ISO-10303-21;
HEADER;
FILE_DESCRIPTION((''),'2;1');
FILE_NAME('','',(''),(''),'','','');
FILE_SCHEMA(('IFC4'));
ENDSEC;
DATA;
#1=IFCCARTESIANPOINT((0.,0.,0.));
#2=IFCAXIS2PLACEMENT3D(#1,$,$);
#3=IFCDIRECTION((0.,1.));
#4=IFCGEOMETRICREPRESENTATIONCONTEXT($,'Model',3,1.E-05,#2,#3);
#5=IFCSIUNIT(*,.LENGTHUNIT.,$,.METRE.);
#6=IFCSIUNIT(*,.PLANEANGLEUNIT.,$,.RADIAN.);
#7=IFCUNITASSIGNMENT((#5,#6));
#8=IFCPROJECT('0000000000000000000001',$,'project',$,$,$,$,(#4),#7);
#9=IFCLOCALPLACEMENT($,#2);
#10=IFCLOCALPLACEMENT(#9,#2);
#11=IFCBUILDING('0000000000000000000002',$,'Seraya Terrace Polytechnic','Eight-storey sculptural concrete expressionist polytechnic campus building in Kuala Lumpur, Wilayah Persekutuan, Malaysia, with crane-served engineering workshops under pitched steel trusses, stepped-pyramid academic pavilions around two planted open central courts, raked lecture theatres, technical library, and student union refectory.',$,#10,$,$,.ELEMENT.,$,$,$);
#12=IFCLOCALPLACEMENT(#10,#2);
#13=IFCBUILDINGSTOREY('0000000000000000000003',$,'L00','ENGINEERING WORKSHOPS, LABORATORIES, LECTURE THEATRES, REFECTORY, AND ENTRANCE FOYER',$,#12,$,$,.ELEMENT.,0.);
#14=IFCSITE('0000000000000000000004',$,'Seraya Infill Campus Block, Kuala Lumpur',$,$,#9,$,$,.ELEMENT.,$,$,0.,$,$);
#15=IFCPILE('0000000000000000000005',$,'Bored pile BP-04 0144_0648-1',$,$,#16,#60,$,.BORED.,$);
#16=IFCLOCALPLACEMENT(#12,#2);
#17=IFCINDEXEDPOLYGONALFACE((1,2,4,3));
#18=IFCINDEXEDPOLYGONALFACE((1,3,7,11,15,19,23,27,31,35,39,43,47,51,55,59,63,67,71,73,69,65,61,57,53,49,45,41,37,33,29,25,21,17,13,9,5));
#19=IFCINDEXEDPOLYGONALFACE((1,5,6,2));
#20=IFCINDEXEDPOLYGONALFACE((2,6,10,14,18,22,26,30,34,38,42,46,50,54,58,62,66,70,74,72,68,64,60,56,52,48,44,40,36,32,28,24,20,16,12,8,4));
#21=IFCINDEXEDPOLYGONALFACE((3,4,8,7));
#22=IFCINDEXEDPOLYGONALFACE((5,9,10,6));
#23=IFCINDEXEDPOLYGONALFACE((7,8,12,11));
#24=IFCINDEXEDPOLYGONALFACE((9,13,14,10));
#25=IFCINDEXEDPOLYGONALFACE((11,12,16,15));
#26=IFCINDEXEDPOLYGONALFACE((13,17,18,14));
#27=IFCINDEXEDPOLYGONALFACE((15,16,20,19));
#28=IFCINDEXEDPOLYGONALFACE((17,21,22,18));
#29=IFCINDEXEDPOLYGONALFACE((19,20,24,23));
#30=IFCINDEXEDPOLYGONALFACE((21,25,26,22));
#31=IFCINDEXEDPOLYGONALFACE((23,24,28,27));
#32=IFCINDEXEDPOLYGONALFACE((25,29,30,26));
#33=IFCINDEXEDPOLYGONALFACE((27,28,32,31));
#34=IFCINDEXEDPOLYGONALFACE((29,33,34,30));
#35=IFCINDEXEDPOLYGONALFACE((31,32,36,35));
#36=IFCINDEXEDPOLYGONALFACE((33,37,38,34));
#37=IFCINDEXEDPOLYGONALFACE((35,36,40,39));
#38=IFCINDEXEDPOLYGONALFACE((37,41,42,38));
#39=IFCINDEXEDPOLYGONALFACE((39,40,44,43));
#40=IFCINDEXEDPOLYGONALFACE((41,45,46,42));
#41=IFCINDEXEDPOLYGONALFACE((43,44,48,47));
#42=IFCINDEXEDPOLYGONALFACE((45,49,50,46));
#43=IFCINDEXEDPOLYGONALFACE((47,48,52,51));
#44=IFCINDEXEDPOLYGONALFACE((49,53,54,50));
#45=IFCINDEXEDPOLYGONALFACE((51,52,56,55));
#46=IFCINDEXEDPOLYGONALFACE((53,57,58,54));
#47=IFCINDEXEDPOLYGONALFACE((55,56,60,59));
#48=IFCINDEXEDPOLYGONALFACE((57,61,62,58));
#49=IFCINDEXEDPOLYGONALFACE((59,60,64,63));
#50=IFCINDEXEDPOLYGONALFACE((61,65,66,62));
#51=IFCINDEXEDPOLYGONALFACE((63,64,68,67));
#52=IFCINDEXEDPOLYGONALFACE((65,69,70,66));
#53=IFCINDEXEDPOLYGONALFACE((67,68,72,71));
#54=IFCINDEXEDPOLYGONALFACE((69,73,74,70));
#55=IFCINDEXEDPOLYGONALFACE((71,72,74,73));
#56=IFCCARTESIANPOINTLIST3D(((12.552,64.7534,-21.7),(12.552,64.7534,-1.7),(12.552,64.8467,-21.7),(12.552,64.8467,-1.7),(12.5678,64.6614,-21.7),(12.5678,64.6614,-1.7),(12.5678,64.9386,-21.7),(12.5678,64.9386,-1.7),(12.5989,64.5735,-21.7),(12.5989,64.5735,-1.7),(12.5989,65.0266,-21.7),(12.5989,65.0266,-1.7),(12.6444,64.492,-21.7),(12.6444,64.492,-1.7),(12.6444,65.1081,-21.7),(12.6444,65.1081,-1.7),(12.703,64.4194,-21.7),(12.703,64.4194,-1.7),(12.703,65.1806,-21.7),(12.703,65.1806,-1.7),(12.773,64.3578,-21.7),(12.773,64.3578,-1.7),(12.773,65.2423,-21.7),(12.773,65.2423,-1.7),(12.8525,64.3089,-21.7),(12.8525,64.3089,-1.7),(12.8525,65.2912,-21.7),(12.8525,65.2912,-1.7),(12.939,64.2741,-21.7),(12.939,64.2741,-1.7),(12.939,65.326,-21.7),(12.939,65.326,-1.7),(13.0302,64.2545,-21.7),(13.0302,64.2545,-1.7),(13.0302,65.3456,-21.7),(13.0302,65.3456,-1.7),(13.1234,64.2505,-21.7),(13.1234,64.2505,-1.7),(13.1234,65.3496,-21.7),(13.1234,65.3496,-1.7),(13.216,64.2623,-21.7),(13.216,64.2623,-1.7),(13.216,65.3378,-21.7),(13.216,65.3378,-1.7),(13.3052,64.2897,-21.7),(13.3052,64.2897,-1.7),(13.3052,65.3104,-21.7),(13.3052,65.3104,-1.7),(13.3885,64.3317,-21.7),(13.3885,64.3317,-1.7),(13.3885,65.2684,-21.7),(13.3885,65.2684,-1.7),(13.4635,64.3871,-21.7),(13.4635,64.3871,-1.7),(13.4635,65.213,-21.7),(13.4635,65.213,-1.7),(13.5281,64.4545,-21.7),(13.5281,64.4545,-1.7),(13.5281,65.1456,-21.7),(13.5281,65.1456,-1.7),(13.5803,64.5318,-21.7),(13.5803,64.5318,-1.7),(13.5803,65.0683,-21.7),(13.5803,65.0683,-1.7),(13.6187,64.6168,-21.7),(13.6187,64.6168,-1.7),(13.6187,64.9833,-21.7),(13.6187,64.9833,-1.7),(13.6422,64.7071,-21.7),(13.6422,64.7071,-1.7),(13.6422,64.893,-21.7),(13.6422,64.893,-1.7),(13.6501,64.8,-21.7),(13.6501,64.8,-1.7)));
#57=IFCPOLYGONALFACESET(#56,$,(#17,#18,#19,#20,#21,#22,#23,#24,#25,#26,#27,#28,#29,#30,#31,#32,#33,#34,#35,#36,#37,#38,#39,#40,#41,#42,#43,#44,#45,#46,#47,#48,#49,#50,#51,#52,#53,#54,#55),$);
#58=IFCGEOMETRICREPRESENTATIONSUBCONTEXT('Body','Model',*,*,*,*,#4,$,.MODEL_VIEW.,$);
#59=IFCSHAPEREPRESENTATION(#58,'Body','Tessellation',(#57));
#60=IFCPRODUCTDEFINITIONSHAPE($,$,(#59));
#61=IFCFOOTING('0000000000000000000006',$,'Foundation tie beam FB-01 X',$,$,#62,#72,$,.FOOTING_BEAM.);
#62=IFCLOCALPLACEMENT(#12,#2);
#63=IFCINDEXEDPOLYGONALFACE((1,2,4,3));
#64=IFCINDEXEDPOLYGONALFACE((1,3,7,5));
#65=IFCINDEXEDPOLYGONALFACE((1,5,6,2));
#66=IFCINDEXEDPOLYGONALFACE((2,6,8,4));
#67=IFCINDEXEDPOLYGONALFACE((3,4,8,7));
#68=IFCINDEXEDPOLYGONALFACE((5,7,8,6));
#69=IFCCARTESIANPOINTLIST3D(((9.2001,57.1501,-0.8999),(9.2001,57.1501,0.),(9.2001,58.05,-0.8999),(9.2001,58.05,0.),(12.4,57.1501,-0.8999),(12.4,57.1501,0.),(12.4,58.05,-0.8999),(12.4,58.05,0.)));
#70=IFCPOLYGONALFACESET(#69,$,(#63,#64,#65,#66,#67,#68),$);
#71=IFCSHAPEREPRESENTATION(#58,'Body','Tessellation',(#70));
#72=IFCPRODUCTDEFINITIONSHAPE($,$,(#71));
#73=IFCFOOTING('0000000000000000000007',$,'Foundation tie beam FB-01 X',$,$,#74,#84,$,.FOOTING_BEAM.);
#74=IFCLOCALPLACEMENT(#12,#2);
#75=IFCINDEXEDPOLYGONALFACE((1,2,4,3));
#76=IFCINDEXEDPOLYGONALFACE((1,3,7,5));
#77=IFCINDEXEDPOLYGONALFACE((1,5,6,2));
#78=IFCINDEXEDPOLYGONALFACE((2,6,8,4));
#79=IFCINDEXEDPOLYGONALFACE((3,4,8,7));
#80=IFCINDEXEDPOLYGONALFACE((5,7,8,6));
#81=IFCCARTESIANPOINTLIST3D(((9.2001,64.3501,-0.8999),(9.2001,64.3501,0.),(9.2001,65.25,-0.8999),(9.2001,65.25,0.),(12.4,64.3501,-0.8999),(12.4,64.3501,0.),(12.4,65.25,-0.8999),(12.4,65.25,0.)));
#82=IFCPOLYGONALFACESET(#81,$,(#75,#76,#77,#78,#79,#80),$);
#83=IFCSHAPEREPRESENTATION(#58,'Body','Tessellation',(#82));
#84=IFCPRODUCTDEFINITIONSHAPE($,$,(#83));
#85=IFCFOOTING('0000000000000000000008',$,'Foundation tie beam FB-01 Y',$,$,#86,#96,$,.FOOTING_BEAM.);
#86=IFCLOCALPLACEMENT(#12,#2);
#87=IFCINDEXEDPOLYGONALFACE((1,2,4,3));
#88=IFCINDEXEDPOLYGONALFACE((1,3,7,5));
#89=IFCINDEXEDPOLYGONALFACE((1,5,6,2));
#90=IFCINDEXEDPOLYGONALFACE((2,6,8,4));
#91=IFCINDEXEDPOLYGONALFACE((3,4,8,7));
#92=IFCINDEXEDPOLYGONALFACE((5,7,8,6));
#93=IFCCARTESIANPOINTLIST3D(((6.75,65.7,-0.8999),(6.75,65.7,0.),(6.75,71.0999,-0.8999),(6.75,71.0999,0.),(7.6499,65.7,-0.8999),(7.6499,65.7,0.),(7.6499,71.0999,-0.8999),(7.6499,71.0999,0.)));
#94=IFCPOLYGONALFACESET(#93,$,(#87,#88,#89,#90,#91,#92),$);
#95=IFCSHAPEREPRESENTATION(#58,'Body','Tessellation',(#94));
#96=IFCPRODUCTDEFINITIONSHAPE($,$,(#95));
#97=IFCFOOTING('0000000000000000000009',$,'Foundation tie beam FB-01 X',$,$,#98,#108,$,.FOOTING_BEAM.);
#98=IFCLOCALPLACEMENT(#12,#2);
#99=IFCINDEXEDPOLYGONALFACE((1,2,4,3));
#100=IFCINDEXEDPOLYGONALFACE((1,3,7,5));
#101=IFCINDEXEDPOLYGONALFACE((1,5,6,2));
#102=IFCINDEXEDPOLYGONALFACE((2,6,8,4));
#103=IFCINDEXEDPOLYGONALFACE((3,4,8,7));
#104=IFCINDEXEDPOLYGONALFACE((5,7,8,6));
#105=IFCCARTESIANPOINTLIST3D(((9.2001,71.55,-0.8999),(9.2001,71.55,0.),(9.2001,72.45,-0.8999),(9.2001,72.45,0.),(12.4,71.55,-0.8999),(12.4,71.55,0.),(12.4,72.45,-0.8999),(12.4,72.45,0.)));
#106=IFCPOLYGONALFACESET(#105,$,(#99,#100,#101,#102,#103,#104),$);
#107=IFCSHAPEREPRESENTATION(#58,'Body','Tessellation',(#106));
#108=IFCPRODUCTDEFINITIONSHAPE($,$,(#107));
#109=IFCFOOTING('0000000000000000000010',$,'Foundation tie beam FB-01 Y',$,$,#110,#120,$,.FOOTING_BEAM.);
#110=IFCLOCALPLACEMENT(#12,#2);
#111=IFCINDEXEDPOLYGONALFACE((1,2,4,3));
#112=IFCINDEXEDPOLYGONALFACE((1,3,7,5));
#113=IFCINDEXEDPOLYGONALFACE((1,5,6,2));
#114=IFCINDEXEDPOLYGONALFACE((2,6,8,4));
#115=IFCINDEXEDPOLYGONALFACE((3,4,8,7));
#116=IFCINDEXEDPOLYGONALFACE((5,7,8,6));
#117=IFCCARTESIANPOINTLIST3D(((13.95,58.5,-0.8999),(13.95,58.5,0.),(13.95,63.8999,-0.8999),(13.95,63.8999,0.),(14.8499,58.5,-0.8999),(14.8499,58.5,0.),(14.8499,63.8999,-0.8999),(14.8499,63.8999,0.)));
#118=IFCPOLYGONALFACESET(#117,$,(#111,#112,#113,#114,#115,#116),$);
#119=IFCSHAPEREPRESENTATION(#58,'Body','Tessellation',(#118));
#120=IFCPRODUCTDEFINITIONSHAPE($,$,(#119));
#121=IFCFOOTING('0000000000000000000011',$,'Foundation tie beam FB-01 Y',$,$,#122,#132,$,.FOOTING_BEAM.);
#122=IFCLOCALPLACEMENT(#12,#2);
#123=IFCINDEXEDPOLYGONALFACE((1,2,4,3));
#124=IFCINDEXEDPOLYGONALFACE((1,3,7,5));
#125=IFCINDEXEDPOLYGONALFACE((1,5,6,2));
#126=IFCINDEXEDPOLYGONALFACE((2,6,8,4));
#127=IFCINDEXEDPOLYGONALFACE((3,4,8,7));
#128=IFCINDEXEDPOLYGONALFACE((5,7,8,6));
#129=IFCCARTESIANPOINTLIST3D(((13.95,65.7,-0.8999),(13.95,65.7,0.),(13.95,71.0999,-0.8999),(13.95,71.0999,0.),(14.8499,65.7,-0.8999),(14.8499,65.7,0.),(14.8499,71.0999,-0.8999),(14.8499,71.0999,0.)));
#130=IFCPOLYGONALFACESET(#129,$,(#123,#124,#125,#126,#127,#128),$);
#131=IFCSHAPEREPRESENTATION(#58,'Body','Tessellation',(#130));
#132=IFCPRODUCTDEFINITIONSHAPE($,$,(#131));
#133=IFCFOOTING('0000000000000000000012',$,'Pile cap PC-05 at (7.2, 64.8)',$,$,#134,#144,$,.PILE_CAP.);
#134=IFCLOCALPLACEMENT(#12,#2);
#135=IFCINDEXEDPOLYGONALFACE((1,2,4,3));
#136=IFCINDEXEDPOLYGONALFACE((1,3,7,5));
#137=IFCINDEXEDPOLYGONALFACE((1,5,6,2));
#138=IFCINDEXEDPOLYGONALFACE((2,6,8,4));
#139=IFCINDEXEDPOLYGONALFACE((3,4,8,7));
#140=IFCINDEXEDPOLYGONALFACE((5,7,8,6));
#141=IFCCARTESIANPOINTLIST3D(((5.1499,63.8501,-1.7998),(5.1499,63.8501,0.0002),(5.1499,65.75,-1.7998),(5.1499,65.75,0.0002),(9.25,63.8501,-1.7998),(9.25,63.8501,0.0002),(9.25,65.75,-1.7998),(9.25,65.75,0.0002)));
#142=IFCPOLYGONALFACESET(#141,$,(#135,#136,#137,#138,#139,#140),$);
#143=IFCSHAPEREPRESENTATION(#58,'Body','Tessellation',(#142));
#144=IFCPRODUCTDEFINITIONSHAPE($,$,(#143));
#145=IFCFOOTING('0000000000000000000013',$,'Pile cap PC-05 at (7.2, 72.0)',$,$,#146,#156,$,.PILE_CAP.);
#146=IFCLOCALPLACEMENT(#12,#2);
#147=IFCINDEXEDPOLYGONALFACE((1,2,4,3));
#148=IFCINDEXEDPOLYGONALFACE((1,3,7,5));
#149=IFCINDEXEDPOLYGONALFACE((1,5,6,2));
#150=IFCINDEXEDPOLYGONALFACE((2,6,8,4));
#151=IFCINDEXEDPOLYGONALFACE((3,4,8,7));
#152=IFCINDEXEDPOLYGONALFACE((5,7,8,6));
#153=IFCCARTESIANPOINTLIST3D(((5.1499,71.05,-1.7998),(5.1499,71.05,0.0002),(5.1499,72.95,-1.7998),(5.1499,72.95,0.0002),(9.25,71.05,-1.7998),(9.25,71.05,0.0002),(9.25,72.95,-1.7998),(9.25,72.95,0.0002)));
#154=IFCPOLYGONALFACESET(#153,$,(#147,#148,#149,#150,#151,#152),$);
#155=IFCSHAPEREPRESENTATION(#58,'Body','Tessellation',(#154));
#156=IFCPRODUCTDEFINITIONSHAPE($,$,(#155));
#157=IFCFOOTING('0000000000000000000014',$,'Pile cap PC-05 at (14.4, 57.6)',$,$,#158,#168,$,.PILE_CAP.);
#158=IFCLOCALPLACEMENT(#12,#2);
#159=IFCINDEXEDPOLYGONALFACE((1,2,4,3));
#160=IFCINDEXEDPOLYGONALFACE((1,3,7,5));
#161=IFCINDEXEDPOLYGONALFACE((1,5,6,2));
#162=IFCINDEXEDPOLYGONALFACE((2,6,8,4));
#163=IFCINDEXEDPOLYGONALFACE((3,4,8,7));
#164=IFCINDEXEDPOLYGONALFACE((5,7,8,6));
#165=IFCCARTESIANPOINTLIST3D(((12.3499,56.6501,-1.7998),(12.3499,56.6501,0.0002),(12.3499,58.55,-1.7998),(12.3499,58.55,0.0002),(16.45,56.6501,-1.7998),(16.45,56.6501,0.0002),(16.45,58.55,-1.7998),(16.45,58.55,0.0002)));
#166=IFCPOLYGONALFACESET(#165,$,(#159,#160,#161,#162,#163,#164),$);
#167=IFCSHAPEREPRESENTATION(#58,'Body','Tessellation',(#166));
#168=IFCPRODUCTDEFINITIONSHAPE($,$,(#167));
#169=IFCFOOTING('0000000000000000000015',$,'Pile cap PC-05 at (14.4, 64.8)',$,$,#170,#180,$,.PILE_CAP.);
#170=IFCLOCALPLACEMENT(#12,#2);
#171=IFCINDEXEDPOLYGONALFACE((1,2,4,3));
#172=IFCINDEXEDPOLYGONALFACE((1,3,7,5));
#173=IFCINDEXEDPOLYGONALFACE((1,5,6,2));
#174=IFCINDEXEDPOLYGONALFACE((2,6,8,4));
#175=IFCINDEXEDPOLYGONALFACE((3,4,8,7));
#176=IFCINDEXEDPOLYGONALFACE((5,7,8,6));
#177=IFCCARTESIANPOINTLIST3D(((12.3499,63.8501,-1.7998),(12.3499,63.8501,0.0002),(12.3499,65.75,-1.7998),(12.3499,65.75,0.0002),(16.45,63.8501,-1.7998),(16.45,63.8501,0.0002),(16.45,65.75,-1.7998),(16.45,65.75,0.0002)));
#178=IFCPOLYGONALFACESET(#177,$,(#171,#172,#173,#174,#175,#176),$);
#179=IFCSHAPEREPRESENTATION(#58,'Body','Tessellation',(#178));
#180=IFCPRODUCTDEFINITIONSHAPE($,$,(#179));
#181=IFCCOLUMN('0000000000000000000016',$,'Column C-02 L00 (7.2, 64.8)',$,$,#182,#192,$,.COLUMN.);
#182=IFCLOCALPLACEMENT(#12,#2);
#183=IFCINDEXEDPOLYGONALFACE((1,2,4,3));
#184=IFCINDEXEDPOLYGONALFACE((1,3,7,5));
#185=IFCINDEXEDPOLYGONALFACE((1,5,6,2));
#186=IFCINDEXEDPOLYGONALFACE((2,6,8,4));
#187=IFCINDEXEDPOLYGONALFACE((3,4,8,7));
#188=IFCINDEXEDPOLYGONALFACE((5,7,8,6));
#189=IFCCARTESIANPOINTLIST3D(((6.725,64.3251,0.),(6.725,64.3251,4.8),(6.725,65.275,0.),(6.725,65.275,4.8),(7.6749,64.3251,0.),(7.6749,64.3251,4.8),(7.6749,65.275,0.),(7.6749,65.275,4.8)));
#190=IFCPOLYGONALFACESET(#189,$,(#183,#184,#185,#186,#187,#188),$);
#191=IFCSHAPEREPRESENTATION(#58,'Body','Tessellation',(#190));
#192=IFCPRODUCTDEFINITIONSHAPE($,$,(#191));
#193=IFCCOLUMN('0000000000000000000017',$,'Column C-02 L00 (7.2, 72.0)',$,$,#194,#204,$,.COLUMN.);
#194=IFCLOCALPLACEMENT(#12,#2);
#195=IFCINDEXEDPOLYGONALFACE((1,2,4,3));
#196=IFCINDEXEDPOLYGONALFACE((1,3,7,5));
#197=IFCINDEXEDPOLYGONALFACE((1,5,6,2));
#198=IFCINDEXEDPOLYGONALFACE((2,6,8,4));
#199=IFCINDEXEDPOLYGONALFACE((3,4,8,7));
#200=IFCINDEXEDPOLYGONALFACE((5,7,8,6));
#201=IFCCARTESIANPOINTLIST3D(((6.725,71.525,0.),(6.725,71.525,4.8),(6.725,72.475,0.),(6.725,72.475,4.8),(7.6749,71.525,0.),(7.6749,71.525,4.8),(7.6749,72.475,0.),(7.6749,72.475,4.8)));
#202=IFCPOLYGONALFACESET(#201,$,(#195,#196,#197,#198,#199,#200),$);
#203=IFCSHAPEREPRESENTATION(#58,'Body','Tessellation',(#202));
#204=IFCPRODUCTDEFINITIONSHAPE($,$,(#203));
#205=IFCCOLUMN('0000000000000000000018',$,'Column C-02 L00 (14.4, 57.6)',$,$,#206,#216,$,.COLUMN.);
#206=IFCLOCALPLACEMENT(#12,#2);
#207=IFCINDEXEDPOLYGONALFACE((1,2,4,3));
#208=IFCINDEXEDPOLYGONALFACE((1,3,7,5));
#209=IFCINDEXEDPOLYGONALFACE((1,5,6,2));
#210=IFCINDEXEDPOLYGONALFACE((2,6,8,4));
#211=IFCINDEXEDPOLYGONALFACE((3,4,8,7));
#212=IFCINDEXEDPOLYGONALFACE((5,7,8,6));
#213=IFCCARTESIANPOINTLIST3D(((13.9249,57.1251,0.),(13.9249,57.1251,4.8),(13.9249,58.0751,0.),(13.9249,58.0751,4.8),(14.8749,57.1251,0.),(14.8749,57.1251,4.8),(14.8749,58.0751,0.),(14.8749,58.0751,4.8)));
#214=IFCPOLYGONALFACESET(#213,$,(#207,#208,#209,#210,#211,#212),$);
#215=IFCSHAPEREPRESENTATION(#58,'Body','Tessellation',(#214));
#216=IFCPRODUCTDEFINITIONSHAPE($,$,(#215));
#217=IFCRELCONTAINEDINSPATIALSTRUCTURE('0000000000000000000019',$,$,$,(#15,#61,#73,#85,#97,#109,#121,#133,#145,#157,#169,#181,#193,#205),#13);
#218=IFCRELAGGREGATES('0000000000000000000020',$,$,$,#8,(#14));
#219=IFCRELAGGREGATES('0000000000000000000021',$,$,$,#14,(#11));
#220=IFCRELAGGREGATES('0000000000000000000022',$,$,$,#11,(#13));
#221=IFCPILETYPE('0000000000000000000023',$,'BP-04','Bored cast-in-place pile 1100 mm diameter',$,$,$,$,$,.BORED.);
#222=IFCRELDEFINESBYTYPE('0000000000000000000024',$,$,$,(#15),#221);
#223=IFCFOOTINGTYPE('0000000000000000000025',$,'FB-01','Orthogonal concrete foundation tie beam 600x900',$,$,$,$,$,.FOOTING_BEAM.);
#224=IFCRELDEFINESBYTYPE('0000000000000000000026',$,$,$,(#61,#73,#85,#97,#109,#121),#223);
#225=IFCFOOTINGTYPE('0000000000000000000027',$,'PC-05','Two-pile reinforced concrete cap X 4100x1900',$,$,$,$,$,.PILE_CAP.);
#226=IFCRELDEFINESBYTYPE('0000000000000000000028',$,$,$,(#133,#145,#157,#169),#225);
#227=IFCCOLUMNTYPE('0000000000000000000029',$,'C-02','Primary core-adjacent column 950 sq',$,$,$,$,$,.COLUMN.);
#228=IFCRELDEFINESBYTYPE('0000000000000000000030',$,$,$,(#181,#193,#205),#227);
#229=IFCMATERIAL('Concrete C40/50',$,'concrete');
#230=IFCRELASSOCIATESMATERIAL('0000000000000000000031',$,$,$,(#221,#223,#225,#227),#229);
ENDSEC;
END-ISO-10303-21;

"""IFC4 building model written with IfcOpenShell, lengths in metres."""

from ifc_helpers import new_model, si_unit, direction, frame, origin, origin_2d, place, context, subcontext, project, spatial, rectangle, circle, extrude, material, material_profile, profile_set, type_object, element, save


model = new_model("IFC4")

# Units and contexts
model_context = context("Model", 3, precision=1e-05, world=origin(), true_north=direction((0.0, 1.0)))
body_context = subcontext(model_context, "Body", "Model", "MODEL_VIEW")
ifc_project = project(units=[si_unit("LENGTHUNIT", "METRE"), si_unit("PLANEANGLEUNIT", "RADIAN")], contexts=[model_context])

# Site, building, storey
site_placement = place(None, origin())
site = spatial("IfcSite", under=ifc_project, at=site_placement, Name="Seraya Infill Campus Block, Kuala Lumpur", CompositionType="ELEMENT", RefElevation=0.0)
building_placement = place(site_placement, origin())
building = spatial("IfcBuilding", under=site, at=building_placement, Name="Seraya Terrace Polytechnic", Description="Eight-storey sculptural concrete expressionist polytechnic campus building in Kuala Lumpur, Wilayah Persekutuan, Malaysia, with crane-served engineering workshops under pitched steel trusses, stepped-pyramid academic pavilions around two planted open central courts, raked lecture theatres, technical library, and student union refectory.", CompositionType="ELEMENT")
storey_placement = place(building_placement, origin())
storey = spatial("IfcBuildingStorey", under=building, at=storey_placement, Name="L00", Description="ENGINEERING WORKSHOPS, LABORATORIES, LECTURE THEATRES, REFECTORY, AND ENTRANCE FOYER", CompositionType="ELEMENT", Elevation=0.0)

# Pile
ifc_material_1 = material(Name="Concrete C40/50", Category="concrete")
ifc_material_profile_1 = material_profile(ifc_material_1, circle(Radius=0.55, at=origin_2d()), Name="DIA 1100")
ifc_profile_set_1 = profile_set([ifc_material_profile_1], Name="Concrete C40/50")
pile_type = type_object("IfcPileType", Name="BP-04", Description="Bored cast-in-place pile 1100 mm diameter", PredefinedType="BORED", material=ifc_profile_set_1)
for number, where, z_axis, x_axis, name in (
    (1, (13.1001, 64.8, -1.7), (0.0, 0.0, -1.0), (1.0, 0.0, 0.0), "Bored pile BP-04 0144_0648-1"),
):
    element("IfcPile", number, at=place(storey_placement, frame(where, z_axis=z_axis, x_axis=x_axis)), inside=storey, type_object=pile_type, Name=name, PredefinedType="BORED", context=body_context, shape_type="SweptSolid", body=[
        extrude(circle(Radius=0.55, at=origin_2d()), origin(), (0.0, 0.0, 1.0), 20.0),
    ])

# Footings
footing_type_1 = type_object("IfcFootingType", Name="FB-01", Description="Orthogonal concrete foundation tie beam 600x900", PredefinedType="FOOTING_BEAM", material=ifc_material_1)
for number, where, z_axis, x_axis, name in (
    (2, (10.8, 57.6001, -0.8999), (0.0, 0.0, 1.0), (1.0, 0.0, 0.0), "Foundation tie beam FB-01 X"),
    (3, (10.8, 64.8, -0.8999), (0.0, 0.0, 1.0), (1.0, 0.0, 0.0), "Foundation tie beam FB-01 X"),
):
    element("IfcFooting", number, at=place(storey_placement, frame(where, z_axis=z_axis, x_axis=x_axis)), inside=storey, type_object=footing_type_1, Name=name, PredefinedType="FOOTING_BEAM", context=body_context, shape_type="SweptSolid", body=[
        extrude(rectangle(XDim=3.2, YDim=0.8999, at=origin_2d()), origin(), (0.0, 0.0, 1.0), 0.8999),
    ])
footing_1_placement = place(storey_placement, frame((7.2, 68.3999, -0.8999), z_axis=(0.0, 0.0, 1.0), x_axis=(0.0, 1.0, 0.0)))
element("IfcFooting", 4, at=footing_1_placement, inside=storey, type_object=footing_type_1, Name="Foundation tie beam FB-01 Y", PredefinedType="FOOTING_BEAM", context=body_context, shape_type="SweptSolid", body=[
    extrude(rectangle(XDim=5.3999, YDim=0.8999, at=origin_2d()), origin(), (0.0, 0.0, 1.0), 0.8999),
])
footing_2_placement = place(storey_placement, frame((10.8, 72.0, -0.8999), z_axis=(0.0, 0.0, 1.0), x_axis=(1.0, 0.0, 0.0)))
element("IfcFooting", 5, at=footing_2_placement, inside=storey, type_object=footing_type_1, Name="Foundation tie beam FB-01 X", PredefinedType="FOOTING_BEAM", context=body_context, shape_type="SweptSolid", body=[
    extrude(rectangle(XDim=3.2, YDim=0.8999, at=origin_2d()), origin(), (0.0, 0.0, 1.0), 0.8999),
])
for number, where, z_axis, x_axis, name in (
    (6, (14.3999, 61.2, -0.8999), (0.0, 0.0, 1.0), (0.0, 1.0, 0.0), "Foundation tie beam FB-01 Y"),
    (7, (14.3999, 68.3999, -0.8999), (0.0, 0.0, 1.0), (0.0, 1.0, 0.0), "Foundation tie beam FB-01 Y"),
):
    element("IfcFooting", number, at=place(storey_placement, frame(where, z_axis=z_axis, x_axis=x_axis)), inside=storey, type_object=footing_type_1, Name=name, PredefinedType="FOOTING_BEAM", context=body_context, shape_type="SweptSolid", body=[
        extrude(rectangle(XDim=5.3999, YDim=0.8999, at=origin_2d()), origin(), (0.0, 0.0, 1.0), 0.8999),
    ])
footing_type_2 = type_object("IfcFootingType", Name="PC-05", Description="Two-pile reinforced concrete cap X 4100x1900", PredefinedType="PILE_CAP", material=ifc_material_1)
for number, where, z_axis, x_axis, name in (
    (8, (7.2, 64.8, -1.7998), (0.0, 0.0, 1.0), (1.0, 0.0, 0.0), "Pile cap PC-05 at (7.2, 64.8)"),
    (9, (7.2, 72.0, -1.7998), (0.0, 0.0, 1.0), (1.0, 0.0, 0.0), "Pile cap PC-05 at (7.2, 72.0)"),
    (10, (14.3999, 57.6001, -1.7998), (0.0, 0.0, 1.0), (1.0, 0.0, 0.0), "Pile cap PC-05 at (14.4, 57.6)"),
    (11, (14.3999, 64.8, -1.7998), (0.0, 0.0, 1.0), (1.0, 0.0, 0.0), "Pile cap PC-05 at (14.4, 64.8)"),
):
    element("IfcFooting", number, at=place(storey_placement, frame(where, z_axis=z_axis, x_axis=x_axis)), inside=storey, type_object=footing_type_2, Name=name, PredefinedType="PILE_CAP", context=body_context, shape_type="SweptSolid", body=[
        extrude(rectangle(XDim=4.1001, YDim=1.8999, at=origin_2d()), origin(), (0.0, 0.0, 1.0), 1.8),
    ])

# Columns
ifc_material_profile_2 = material_profile(ifc_material_1, rectangle(XDim=0.95, YDim=0.95, at=origin_2d()), Name="RC 950x950")
ifc_profile_set_2 = profile_set([ifc_material_profile_2], Name="Concrete C40/50")
column_type = type_object("IfcColumnType", Name="C-02", Description="Primary core-adjacent column 950 sq", PredefinedType="COLUMN", material=ifc_profile_set_2)
for number, where, z_axis, x_axis, name in (
    (12, (7.2, 64.8, 0.0), (0.0, 0.0, 1.0), (1.0, 0.0, 0.0), "Column C-02 L00 (7.2, 64.8)"),
    (13, (7.2, 72.0, 0.0), (0.0, 0.0, 1.0), (1.0, 0.0, 0.0), "Column C-02 L00 (7.2, 72.0)"),
    (14, (14.3999, 57.6001, 0.0), (0.0, 0.0, 1.0), (1.0, 0.0, 0.0), "Column C-02 L00 (14.4, 57.6)"),
):
    element("IfcColumn", number, at=place(storey_placement, frame(where, z_axis=z_axis, x_axis=x_axis)), inside=storey, type_object=column_type, Name=name, PredefinedType="COLUMN", context=body_context, shape_type="SweptSolid", body=[
        extrude(rectangle(XDim=0.95, YDim=0.95, at=origin_2d()), origin(), (0.0, 0.0, 1.0), 4.8),
    ])

save(model, "model.ifc")
